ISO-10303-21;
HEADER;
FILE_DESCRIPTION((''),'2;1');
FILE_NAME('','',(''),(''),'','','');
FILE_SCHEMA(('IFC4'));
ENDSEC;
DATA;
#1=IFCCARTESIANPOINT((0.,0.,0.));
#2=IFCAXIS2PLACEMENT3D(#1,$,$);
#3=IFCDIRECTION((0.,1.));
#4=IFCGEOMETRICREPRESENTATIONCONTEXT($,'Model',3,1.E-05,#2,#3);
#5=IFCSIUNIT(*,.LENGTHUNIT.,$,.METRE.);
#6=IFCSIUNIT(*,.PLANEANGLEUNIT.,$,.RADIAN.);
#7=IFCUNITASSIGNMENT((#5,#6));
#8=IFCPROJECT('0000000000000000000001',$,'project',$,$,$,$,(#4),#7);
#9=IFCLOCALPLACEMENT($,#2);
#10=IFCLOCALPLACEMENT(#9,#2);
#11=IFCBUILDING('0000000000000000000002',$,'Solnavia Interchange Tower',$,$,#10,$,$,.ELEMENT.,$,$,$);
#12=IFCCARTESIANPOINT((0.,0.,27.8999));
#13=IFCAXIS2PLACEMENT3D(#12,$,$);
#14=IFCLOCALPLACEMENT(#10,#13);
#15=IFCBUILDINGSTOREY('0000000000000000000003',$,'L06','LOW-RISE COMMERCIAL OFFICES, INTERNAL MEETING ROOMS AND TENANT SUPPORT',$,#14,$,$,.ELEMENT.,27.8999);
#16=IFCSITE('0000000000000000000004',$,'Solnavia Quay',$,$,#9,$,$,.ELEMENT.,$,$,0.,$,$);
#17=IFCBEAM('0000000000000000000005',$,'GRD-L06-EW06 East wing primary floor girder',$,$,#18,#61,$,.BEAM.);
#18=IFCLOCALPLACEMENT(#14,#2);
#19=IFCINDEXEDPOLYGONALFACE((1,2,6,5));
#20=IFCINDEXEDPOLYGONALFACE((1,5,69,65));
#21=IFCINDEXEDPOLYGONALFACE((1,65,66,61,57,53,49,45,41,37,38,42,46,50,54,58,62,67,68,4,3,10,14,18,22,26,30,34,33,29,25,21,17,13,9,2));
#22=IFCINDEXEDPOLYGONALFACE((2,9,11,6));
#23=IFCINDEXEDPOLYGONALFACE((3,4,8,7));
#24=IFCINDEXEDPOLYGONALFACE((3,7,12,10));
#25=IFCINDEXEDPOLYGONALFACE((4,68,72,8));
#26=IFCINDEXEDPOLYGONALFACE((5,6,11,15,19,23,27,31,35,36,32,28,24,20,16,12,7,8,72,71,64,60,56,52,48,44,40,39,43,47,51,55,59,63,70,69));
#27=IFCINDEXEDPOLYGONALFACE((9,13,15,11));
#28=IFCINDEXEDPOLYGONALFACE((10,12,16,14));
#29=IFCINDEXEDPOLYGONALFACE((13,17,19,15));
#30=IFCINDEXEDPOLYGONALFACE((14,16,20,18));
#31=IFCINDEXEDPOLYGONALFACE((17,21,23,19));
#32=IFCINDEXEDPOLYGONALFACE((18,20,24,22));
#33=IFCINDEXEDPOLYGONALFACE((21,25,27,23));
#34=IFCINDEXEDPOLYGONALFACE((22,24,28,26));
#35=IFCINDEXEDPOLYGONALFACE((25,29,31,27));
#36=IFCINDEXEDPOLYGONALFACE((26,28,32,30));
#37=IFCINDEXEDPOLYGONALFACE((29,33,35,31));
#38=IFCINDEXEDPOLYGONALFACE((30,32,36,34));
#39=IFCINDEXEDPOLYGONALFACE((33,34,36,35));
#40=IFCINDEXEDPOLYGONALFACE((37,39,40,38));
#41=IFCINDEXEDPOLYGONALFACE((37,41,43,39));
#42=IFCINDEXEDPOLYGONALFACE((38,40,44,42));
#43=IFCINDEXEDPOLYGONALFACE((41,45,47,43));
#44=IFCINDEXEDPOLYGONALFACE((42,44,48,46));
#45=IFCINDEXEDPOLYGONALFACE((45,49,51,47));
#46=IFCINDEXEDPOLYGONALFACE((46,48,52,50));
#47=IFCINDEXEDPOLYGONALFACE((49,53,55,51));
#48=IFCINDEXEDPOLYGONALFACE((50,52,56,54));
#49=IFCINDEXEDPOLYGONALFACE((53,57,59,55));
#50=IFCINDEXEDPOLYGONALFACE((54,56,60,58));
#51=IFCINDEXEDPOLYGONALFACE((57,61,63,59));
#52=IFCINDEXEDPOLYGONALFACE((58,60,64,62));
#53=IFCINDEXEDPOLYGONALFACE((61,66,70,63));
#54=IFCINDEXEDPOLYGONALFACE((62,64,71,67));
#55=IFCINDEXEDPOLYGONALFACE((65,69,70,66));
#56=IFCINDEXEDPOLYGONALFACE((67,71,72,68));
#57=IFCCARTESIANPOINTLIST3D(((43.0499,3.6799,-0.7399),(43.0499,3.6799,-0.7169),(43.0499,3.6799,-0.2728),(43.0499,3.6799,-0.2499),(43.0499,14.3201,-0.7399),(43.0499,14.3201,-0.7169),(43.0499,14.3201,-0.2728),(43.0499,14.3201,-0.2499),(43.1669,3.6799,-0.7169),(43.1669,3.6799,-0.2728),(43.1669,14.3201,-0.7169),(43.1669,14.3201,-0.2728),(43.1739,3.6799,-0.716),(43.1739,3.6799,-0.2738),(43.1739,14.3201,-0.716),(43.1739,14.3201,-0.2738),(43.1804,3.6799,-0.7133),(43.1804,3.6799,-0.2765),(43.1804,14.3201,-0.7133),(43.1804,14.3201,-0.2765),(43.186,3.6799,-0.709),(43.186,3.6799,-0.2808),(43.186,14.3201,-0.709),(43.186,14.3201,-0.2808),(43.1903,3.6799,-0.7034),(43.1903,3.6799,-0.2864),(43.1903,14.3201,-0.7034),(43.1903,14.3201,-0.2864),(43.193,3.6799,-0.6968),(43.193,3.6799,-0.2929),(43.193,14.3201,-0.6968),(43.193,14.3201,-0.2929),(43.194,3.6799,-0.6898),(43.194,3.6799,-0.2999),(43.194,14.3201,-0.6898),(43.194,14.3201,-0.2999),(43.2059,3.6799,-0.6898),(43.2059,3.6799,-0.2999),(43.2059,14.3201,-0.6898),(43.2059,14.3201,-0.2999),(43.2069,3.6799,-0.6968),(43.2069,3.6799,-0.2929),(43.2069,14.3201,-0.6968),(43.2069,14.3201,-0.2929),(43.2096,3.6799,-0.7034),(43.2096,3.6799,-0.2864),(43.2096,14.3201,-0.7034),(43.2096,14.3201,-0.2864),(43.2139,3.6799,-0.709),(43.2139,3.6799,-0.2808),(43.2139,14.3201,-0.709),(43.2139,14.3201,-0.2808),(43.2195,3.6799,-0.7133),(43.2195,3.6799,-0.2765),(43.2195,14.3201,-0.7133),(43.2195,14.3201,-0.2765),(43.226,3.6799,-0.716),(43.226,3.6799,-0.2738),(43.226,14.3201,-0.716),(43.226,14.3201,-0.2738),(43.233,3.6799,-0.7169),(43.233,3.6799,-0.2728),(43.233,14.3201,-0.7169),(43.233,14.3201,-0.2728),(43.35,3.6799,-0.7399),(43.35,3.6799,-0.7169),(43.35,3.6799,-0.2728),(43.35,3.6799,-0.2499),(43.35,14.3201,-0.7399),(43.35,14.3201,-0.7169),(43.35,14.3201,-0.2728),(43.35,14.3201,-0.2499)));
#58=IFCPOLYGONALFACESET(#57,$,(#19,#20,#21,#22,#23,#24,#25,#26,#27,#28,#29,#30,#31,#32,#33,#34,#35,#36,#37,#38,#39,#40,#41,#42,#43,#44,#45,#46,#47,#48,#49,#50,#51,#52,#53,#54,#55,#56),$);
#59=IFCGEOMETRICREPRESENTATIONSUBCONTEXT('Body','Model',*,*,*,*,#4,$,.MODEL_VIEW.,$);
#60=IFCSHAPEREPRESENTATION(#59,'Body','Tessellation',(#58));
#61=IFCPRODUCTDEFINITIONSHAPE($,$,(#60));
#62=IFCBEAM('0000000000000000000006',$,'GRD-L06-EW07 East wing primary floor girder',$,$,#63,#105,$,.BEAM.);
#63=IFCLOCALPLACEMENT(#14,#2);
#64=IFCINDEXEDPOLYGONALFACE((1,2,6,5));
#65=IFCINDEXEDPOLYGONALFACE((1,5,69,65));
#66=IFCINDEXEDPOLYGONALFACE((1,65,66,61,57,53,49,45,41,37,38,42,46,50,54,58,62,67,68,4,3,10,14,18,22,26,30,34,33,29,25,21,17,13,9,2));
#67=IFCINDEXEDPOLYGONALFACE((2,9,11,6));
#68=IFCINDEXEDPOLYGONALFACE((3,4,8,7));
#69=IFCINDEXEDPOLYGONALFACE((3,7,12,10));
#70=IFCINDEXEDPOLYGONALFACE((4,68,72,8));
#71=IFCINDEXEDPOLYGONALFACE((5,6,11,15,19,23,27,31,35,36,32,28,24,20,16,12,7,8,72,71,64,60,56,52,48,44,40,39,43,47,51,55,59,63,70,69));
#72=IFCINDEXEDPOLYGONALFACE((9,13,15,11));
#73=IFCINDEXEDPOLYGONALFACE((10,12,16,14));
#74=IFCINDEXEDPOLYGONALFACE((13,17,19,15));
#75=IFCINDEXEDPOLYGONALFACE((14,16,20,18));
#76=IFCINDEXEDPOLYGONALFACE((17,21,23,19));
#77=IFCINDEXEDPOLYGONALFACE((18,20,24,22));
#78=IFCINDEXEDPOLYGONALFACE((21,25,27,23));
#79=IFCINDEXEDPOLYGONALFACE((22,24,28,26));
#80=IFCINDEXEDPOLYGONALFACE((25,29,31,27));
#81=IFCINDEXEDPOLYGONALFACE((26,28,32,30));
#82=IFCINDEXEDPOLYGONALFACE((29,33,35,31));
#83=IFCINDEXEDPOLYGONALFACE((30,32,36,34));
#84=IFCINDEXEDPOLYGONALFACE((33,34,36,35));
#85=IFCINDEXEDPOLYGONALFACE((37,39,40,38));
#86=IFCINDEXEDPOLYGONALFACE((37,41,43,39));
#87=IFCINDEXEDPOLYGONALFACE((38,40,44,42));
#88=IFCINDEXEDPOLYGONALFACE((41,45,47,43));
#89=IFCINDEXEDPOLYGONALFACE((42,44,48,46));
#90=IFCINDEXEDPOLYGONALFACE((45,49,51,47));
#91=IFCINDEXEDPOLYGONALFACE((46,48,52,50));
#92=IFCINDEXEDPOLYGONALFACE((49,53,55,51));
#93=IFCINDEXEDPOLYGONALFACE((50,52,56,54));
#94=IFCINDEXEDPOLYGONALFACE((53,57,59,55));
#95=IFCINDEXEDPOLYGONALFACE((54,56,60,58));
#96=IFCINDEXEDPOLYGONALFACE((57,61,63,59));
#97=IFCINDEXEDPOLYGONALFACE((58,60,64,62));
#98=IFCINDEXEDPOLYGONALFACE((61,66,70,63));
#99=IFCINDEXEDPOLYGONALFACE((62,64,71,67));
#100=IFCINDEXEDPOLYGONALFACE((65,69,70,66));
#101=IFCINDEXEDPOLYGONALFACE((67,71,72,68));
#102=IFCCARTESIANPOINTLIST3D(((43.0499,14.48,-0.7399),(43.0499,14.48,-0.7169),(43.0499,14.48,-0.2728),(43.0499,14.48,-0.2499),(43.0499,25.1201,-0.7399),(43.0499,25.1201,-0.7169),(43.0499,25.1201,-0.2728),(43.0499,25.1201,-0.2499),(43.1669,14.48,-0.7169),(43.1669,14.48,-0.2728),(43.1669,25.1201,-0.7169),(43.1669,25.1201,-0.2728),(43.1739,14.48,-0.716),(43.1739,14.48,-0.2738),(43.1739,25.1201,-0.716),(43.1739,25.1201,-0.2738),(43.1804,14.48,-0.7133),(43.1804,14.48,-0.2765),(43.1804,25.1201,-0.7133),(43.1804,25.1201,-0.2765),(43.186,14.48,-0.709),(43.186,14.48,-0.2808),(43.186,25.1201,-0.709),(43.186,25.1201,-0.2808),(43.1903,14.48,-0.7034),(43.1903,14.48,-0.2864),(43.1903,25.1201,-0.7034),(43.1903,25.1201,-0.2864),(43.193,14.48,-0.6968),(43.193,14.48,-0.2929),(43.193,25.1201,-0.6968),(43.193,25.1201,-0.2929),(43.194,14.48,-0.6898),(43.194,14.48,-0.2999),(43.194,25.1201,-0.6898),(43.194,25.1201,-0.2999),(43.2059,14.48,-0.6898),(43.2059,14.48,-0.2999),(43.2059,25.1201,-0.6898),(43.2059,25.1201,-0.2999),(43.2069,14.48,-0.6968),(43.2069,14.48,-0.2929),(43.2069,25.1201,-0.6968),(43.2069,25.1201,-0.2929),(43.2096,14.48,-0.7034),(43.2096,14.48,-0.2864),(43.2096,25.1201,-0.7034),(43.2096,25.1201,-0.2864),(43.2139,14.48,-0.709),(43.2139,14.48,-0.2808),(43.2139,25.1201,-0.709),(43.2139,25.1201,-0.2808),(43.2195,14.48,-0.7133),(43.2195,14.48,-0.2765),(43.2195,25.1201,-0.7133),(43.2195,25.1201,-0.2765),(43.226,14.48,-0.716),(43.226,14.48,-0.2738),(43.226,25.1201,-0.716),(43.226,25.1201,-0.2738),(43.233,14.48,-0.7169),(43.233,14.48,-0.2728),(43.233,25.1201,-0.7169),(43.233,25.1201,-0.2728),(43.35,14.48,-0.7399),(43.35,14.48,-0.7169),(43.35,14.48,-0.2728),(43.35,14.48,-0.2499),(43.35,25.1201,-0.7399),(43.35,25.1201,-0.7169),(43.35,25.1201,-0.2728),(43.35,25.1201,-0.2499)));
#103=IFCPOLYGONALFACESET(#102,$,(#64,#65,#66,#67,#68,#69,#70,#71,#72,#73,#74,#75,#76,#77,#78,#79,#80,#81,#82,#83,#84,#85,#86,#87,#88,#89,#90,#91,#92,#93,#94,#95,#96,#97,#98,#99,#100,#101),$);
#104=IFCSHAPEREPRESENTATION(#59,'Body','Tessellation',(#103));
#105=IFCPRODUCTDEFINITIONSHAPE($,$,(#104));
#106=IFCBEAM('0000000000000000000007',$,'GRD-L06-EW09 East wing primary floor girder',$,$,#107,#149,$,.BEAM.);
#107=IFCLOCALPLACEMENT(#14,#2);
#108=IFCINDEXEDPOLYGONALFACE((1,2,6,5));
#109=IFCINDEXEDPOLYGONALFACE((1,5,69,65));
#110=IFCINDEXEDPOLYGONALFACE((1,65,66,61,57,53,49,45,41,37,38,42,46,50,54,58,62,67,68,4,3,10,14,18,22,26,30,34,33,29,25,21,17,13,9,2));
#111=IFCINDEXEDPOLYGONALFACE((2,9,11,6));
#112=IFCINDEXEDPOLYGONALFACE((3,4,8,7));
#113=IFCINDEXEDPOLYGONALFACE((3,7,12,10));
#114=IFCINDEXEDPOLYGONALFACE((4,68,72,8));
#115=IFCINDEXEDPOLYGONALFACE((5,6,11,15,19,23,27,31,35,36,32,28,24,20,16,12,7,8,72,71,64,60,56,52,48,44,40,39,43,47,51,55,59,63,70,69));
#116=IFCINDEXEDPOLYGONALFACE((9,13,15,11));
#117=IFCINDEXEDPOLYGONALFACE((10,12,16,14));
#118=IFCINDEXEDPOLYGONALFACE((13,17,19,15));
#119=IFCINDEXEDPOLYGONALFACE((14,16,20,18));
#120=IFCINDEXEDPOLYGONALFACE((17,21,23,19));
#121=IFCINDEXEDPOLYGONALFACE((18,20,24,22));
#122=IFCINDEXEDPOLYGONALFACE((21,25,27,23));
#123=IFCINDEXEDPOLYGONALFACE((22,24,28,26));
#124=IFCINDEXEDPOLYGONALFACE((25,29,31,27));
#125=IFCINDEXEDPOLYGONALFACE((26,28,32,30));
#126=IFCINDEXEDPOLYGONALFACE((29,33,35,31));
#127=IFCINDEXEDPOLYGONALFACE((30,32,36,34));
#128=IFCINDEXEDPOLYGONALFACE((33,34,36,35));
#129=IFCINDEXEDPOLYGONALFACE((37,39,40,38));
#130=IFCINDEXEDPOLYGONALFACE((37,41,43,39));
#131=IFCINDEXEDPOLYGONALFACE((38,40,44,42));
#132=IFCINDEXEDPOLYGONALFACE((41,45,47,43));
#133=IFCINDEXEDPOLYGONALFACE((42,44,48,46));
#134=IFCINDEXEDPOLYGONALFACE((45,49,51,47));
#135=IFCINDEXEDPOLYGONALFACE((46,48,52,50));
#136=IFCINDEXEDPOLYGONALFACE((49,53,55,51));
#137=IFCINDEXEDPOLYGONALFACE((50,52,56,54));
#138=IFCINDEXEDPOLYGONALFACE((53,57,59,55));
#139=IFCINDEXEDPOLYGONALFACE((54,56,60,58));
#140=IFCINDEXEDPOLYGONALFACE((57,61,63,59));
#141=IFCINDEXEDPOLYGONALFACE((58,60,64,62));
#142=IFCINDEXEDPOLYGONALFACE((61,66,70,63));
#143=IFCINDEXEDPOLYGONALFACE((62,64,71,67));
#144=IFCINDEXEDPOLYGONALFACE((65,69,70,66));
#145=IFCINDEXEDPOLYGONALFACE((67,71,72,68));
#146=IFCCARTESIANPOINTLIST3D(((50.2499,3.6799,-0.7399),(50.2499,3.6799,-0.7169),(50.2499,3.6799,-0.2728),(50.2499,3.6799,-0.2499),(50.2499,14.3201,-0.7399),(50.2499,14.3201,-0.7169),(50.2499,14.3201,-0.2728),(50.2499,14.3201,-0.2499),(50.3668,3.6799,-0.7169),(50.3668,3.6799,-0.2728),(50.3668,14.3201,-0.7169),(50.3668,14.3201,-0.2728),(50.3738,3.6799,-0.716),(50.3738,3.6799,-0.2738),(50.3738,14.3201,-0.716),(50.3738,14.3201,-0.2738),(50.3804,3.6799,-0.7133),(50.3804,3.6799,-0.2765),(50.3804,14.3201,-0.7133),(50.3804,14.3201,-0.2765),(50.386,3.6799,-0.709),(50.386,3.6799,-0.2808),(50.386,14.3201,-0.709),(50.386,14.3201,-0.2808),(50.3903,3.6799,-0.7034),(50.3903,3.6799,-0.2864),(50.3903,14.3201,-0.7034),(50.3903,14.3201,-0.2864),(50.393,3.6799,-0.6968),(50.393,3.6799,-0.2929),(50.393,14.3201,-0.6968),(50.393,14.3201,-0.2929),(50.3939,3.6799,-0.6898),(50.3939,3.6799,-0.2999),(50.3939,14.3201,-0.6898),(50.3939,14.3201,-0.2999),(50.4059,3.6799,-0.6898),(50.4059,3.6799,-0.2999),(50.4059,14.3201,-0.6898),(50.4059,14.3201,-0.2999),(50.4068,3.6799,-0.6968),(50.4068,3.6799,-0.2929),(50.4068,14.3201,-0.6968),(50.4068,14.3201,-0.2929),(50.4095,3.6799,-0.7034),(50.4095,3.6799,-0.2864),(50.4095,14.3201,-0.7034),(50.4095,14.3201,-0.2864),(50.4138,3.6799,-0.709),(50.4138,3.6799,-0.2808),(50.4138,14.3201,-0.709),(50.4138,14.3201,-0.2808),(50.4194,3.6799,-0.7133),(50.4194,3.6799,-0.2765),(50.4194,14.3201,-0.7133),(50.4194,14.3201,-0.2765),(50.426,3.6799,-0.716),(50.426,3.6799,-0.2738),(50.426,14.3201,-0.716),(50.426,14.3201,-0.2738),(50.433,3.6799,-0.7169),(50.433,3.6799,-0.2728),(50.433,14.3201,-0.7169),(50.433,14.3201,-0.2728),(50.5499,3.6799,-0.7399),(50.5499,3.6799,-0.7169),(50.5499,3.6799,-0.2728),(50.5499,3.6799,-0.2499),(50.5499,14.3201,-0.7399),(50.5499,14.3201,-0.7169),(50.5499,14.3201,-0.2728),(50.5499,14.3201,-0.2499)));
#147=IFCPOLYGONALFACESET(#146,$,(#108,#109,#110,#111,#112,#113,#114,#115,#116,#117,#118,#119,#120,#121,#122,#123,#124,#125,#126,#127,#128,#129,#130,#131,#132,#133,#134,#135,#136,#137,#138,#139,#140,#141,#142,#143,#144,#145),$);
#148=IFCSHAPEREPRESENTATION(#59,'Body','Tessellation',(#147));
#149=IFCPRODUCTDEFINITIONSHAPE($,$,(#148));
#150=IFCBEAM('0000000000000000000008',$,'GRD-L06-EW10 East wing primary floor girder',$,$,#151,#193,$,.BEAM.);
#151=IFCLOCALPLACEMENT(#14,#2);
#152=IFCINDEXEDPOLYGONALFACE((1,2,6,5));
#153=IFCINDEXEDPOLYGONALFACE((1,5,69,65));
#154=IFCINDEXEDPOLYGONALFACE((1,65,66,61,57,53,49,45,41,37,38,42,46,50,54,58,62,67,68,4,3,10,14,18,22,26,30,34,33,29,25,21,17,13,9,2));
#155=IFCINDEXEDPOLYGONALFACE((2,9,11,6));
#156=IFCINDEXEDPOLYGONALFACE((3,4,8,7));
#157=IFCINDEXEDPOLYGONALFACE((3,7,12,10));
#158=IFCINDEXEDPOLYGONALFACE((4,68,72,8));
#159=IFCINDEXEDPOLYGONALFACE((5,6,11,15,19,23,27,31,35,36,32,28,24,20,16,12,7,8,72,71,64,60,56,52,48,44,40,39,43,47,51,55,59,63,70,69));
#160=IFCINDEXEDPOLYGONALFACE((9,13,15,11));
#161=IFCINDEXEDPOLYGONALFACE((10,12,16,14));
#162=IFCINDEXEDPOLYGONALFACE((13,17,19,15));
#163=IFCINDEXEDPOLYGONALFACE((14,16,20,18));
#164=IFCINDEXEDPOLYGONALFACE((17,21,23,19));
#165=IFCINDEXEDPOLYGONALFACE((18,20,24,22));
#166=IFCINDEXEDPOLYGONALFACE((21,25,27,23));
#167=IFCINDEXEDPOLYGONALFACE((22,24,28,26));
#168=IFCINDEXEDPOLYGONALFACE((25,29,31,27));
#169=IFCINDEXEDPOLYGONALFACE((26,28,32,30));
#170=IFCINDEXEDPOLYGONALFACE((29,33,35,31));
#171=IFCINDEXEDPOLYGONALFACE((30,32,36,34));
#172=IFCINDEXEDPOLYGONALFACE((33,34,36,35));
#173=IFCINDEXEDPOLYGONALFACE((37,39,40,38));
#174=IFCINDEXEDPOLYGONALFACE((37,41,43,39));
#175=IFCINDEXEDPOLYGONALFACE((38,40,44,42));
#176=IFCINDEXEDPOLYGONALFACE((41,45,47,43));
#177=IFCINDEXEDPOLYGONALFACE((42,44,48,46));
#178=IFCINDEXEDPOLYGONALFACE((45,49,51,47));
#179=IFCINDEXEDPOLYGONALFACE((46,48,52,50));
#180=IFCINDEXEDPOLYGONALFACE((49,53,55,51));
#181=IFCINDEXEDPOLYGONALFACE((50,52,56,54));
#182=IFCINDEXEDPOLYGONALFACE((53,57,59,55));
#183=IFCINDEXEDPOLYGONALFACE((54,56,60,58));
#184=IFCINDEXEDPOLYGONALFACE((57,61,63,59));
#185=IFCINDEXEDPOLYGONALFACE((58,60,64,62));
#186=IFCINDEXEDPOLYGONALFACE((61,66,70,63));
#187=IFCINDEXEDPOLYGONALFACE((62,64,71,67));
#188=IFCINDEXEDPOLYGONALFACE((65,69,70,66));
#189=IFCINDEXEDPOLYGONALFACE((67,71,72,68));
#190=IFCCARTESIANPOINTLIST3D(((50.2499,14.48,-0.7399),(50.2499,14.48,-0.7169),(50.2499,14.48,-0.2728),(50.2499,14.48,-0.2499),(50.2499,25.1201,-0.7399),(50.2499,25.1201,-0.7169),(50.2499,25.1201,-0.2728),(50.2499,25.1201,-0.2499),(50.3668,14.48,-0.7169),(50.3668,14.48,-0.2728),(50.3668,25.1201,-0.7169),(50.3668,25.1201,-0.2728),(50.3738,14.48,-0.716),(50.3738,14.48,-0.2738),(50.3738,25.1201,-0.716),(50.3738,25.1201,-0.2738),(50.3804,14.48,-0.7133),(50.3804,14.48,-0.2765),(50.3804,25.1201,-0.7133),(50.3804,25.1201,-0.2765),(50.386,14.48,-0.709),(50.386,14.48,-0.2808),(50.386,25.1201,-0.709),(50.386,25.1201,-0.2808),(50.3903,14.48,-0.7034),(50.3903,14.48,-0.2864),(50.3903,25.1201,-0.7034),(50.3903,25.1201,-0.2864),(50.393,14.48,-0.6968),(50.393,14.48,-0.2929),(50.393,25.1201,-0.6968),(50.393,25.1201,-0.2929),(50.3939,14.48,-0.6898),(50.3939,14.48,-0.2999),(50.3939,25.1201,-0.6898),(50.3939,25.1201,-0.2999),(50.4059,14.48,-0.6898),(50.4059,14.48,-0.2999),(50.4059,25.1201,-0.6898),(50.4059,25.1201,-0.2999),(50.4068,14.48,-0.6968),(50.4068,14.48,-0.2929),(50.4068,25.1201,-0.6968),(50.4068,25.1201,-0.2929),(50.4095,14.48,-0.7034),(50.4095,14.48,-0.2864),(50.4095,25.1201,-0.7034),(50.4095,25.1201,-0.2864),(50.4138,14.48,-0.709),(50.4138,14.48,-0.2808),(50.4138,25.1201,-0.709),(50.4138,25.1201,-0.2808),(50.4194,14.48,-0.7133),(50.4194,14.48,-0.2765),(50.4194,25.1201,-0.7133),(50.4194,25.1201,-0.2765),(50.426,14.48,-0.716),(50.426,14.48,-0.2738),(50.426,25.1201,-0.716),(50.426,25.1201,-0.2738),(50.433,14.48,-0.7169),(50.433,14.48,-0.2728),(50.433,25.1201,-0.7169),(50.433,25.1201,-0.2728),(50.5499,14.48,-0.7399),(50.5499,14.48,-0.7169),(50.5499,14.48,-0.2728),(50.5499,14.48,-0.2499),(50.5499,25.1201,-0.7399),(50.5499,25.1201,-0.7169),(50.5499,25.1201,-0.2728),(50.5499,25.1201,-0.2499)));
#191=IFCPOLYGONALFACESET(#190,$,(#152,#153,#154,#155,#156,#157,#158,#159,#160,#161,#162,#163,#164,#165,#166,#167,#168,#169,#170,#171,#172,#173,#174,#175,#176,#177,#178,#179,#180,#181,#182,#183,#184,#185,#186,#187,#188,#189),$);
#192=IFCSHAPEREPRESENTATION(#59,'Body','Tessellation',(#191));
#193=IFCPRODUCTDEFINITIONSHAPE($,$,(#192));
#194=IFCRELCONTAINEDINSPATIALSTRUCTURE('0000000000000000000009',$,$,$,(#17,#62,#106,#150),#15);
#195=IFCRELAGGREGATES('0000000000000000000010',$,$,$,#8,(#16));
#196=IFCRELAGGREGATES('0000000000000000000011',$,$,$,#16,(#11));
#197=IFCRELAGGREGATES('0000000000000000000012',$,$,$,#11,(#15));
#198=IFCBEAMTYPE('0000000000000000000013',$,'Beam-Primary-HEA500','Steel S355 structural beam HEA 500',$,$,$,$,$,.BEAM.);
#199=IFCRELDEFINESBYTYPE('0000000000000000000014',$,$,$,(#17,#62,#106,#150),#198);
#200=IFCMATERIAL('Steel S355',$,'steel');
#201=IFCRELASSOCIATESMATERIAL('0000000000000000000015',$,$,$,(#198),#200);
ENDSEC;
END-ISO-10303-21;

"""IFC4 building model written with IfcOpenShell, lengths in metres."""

from ifc_helpers import new_model, si_unit, direction, frame, origin, origin_2d, place, context, subcontext, project, spatial, i_section, extrude, material, material_profile, profile_set, type_object, element, save


model = new_model("IFC4")

# Units and contexts
model_context = context("Model", 3, precision=1e-05, world=origin(), true_north=direction((0.0, 1.0)))
body_context = subcontext(model_context, "Body", "Model", "MODEL_VIEW")
ifc_project = project(units=[si_unit("LENGTHUNIT", "METRE"), si_unit("PLANEANGLEUNIT", "RADIAN")], contexts=[model_context])

# Site, building, storey
site_placement = place(None, origin())
site = spatial("IfcSite", under=ifc_project, at=site_placement, Name="Solnavia Quay", CompositionType="ELEMENT", RefElevation=0.0)
building_placement = place(site_placement, origin())
building = spatial("IfcBuilding", under=site, at=building_placement, Name="Solnavia Interchange Tower", CompositionType="ELEMENT")
storey_placement = place(building_placement, frame((0.0, 0.0, 27.8999)))
storey = spatial("IfcBuildingStorey", under=building, at=storey_placement, Name="L06", Description="LOW-RISE COMMERCIAL OFFICES, INTERNAL MEETING ROOMS AND TENANT SUPPORT", CompositionType="ELEMENT", Elevation=27.8999)

# Shared definitions
ifc_material_1 = material(Name="Steel S355", Category="steel")

# Beams
ifc_material_profile_1 = material_profile(ifc_material_1, i_section(OverallWidth=0.3, OverallDepth=0.49, WebThickness=0.012, FlangeThickness=0.0229, FilletRadius=0.0271, at=origin_2d()), Name="HEA 500")
ifc_profile_set_1 = profile_set([ifc_material_profile_1], Name="Steel S355")
beam_type_1 = type_object("IfcBeamType", Name="Beam-Primary-HEA500", Description="Steel S355 structural beam HEA 500", PredefinedType="BEAM", material=ifc_profile_set_1)
for number, where, z_axis, x_axis, name in (
    (1, (43.2, 3.6799, -0.4949), (0.0, 1.0, 0.0), (-1.0, 0.0, 0.0), "GRD-L06-EW06 East wing primary floor girder"),
    (2, (43.2, 14.48, -0.4949), (0.0, 1.0, 0.0), (-1.0, 0.0, 0.0), "GRD-L06-EW07 East wing primary floor girder"),
    (3, (50.3999, 3.6799, -0.4949), (0.0, 1.0, 0.0), (-1.0, 0.0, 0.0), "GRD-L06-EW09 East wing primary floor girder"),
    (4, (50.3999, 14.48, -0.4949), (0.0, 1.0, 0.0), (-1.0, 0.0, 0.0), "GRD-L06-EW10 East wing primary floor girder"),
):
    element("IfcBeam", number, at=place(storey_placement, frame(where, z_axis=z_axis, x_axis=x_axis)), inside=storey, type_object=beam_type_1, Name=name, PredefinedType="BEAM", context=body_context, shape_type="SweptSolid", body=[
        extrude(i_section(OverallWidth=0.3, OverallDepth=0.49, WebThickness=0.012, FlangeThickness=0.0229, FilletRadius=0.0271, at=origin_2d()), origin(), (0.0, 0.0, 1.0), 10.6401),
    ])

save(model, "model.ifc")
